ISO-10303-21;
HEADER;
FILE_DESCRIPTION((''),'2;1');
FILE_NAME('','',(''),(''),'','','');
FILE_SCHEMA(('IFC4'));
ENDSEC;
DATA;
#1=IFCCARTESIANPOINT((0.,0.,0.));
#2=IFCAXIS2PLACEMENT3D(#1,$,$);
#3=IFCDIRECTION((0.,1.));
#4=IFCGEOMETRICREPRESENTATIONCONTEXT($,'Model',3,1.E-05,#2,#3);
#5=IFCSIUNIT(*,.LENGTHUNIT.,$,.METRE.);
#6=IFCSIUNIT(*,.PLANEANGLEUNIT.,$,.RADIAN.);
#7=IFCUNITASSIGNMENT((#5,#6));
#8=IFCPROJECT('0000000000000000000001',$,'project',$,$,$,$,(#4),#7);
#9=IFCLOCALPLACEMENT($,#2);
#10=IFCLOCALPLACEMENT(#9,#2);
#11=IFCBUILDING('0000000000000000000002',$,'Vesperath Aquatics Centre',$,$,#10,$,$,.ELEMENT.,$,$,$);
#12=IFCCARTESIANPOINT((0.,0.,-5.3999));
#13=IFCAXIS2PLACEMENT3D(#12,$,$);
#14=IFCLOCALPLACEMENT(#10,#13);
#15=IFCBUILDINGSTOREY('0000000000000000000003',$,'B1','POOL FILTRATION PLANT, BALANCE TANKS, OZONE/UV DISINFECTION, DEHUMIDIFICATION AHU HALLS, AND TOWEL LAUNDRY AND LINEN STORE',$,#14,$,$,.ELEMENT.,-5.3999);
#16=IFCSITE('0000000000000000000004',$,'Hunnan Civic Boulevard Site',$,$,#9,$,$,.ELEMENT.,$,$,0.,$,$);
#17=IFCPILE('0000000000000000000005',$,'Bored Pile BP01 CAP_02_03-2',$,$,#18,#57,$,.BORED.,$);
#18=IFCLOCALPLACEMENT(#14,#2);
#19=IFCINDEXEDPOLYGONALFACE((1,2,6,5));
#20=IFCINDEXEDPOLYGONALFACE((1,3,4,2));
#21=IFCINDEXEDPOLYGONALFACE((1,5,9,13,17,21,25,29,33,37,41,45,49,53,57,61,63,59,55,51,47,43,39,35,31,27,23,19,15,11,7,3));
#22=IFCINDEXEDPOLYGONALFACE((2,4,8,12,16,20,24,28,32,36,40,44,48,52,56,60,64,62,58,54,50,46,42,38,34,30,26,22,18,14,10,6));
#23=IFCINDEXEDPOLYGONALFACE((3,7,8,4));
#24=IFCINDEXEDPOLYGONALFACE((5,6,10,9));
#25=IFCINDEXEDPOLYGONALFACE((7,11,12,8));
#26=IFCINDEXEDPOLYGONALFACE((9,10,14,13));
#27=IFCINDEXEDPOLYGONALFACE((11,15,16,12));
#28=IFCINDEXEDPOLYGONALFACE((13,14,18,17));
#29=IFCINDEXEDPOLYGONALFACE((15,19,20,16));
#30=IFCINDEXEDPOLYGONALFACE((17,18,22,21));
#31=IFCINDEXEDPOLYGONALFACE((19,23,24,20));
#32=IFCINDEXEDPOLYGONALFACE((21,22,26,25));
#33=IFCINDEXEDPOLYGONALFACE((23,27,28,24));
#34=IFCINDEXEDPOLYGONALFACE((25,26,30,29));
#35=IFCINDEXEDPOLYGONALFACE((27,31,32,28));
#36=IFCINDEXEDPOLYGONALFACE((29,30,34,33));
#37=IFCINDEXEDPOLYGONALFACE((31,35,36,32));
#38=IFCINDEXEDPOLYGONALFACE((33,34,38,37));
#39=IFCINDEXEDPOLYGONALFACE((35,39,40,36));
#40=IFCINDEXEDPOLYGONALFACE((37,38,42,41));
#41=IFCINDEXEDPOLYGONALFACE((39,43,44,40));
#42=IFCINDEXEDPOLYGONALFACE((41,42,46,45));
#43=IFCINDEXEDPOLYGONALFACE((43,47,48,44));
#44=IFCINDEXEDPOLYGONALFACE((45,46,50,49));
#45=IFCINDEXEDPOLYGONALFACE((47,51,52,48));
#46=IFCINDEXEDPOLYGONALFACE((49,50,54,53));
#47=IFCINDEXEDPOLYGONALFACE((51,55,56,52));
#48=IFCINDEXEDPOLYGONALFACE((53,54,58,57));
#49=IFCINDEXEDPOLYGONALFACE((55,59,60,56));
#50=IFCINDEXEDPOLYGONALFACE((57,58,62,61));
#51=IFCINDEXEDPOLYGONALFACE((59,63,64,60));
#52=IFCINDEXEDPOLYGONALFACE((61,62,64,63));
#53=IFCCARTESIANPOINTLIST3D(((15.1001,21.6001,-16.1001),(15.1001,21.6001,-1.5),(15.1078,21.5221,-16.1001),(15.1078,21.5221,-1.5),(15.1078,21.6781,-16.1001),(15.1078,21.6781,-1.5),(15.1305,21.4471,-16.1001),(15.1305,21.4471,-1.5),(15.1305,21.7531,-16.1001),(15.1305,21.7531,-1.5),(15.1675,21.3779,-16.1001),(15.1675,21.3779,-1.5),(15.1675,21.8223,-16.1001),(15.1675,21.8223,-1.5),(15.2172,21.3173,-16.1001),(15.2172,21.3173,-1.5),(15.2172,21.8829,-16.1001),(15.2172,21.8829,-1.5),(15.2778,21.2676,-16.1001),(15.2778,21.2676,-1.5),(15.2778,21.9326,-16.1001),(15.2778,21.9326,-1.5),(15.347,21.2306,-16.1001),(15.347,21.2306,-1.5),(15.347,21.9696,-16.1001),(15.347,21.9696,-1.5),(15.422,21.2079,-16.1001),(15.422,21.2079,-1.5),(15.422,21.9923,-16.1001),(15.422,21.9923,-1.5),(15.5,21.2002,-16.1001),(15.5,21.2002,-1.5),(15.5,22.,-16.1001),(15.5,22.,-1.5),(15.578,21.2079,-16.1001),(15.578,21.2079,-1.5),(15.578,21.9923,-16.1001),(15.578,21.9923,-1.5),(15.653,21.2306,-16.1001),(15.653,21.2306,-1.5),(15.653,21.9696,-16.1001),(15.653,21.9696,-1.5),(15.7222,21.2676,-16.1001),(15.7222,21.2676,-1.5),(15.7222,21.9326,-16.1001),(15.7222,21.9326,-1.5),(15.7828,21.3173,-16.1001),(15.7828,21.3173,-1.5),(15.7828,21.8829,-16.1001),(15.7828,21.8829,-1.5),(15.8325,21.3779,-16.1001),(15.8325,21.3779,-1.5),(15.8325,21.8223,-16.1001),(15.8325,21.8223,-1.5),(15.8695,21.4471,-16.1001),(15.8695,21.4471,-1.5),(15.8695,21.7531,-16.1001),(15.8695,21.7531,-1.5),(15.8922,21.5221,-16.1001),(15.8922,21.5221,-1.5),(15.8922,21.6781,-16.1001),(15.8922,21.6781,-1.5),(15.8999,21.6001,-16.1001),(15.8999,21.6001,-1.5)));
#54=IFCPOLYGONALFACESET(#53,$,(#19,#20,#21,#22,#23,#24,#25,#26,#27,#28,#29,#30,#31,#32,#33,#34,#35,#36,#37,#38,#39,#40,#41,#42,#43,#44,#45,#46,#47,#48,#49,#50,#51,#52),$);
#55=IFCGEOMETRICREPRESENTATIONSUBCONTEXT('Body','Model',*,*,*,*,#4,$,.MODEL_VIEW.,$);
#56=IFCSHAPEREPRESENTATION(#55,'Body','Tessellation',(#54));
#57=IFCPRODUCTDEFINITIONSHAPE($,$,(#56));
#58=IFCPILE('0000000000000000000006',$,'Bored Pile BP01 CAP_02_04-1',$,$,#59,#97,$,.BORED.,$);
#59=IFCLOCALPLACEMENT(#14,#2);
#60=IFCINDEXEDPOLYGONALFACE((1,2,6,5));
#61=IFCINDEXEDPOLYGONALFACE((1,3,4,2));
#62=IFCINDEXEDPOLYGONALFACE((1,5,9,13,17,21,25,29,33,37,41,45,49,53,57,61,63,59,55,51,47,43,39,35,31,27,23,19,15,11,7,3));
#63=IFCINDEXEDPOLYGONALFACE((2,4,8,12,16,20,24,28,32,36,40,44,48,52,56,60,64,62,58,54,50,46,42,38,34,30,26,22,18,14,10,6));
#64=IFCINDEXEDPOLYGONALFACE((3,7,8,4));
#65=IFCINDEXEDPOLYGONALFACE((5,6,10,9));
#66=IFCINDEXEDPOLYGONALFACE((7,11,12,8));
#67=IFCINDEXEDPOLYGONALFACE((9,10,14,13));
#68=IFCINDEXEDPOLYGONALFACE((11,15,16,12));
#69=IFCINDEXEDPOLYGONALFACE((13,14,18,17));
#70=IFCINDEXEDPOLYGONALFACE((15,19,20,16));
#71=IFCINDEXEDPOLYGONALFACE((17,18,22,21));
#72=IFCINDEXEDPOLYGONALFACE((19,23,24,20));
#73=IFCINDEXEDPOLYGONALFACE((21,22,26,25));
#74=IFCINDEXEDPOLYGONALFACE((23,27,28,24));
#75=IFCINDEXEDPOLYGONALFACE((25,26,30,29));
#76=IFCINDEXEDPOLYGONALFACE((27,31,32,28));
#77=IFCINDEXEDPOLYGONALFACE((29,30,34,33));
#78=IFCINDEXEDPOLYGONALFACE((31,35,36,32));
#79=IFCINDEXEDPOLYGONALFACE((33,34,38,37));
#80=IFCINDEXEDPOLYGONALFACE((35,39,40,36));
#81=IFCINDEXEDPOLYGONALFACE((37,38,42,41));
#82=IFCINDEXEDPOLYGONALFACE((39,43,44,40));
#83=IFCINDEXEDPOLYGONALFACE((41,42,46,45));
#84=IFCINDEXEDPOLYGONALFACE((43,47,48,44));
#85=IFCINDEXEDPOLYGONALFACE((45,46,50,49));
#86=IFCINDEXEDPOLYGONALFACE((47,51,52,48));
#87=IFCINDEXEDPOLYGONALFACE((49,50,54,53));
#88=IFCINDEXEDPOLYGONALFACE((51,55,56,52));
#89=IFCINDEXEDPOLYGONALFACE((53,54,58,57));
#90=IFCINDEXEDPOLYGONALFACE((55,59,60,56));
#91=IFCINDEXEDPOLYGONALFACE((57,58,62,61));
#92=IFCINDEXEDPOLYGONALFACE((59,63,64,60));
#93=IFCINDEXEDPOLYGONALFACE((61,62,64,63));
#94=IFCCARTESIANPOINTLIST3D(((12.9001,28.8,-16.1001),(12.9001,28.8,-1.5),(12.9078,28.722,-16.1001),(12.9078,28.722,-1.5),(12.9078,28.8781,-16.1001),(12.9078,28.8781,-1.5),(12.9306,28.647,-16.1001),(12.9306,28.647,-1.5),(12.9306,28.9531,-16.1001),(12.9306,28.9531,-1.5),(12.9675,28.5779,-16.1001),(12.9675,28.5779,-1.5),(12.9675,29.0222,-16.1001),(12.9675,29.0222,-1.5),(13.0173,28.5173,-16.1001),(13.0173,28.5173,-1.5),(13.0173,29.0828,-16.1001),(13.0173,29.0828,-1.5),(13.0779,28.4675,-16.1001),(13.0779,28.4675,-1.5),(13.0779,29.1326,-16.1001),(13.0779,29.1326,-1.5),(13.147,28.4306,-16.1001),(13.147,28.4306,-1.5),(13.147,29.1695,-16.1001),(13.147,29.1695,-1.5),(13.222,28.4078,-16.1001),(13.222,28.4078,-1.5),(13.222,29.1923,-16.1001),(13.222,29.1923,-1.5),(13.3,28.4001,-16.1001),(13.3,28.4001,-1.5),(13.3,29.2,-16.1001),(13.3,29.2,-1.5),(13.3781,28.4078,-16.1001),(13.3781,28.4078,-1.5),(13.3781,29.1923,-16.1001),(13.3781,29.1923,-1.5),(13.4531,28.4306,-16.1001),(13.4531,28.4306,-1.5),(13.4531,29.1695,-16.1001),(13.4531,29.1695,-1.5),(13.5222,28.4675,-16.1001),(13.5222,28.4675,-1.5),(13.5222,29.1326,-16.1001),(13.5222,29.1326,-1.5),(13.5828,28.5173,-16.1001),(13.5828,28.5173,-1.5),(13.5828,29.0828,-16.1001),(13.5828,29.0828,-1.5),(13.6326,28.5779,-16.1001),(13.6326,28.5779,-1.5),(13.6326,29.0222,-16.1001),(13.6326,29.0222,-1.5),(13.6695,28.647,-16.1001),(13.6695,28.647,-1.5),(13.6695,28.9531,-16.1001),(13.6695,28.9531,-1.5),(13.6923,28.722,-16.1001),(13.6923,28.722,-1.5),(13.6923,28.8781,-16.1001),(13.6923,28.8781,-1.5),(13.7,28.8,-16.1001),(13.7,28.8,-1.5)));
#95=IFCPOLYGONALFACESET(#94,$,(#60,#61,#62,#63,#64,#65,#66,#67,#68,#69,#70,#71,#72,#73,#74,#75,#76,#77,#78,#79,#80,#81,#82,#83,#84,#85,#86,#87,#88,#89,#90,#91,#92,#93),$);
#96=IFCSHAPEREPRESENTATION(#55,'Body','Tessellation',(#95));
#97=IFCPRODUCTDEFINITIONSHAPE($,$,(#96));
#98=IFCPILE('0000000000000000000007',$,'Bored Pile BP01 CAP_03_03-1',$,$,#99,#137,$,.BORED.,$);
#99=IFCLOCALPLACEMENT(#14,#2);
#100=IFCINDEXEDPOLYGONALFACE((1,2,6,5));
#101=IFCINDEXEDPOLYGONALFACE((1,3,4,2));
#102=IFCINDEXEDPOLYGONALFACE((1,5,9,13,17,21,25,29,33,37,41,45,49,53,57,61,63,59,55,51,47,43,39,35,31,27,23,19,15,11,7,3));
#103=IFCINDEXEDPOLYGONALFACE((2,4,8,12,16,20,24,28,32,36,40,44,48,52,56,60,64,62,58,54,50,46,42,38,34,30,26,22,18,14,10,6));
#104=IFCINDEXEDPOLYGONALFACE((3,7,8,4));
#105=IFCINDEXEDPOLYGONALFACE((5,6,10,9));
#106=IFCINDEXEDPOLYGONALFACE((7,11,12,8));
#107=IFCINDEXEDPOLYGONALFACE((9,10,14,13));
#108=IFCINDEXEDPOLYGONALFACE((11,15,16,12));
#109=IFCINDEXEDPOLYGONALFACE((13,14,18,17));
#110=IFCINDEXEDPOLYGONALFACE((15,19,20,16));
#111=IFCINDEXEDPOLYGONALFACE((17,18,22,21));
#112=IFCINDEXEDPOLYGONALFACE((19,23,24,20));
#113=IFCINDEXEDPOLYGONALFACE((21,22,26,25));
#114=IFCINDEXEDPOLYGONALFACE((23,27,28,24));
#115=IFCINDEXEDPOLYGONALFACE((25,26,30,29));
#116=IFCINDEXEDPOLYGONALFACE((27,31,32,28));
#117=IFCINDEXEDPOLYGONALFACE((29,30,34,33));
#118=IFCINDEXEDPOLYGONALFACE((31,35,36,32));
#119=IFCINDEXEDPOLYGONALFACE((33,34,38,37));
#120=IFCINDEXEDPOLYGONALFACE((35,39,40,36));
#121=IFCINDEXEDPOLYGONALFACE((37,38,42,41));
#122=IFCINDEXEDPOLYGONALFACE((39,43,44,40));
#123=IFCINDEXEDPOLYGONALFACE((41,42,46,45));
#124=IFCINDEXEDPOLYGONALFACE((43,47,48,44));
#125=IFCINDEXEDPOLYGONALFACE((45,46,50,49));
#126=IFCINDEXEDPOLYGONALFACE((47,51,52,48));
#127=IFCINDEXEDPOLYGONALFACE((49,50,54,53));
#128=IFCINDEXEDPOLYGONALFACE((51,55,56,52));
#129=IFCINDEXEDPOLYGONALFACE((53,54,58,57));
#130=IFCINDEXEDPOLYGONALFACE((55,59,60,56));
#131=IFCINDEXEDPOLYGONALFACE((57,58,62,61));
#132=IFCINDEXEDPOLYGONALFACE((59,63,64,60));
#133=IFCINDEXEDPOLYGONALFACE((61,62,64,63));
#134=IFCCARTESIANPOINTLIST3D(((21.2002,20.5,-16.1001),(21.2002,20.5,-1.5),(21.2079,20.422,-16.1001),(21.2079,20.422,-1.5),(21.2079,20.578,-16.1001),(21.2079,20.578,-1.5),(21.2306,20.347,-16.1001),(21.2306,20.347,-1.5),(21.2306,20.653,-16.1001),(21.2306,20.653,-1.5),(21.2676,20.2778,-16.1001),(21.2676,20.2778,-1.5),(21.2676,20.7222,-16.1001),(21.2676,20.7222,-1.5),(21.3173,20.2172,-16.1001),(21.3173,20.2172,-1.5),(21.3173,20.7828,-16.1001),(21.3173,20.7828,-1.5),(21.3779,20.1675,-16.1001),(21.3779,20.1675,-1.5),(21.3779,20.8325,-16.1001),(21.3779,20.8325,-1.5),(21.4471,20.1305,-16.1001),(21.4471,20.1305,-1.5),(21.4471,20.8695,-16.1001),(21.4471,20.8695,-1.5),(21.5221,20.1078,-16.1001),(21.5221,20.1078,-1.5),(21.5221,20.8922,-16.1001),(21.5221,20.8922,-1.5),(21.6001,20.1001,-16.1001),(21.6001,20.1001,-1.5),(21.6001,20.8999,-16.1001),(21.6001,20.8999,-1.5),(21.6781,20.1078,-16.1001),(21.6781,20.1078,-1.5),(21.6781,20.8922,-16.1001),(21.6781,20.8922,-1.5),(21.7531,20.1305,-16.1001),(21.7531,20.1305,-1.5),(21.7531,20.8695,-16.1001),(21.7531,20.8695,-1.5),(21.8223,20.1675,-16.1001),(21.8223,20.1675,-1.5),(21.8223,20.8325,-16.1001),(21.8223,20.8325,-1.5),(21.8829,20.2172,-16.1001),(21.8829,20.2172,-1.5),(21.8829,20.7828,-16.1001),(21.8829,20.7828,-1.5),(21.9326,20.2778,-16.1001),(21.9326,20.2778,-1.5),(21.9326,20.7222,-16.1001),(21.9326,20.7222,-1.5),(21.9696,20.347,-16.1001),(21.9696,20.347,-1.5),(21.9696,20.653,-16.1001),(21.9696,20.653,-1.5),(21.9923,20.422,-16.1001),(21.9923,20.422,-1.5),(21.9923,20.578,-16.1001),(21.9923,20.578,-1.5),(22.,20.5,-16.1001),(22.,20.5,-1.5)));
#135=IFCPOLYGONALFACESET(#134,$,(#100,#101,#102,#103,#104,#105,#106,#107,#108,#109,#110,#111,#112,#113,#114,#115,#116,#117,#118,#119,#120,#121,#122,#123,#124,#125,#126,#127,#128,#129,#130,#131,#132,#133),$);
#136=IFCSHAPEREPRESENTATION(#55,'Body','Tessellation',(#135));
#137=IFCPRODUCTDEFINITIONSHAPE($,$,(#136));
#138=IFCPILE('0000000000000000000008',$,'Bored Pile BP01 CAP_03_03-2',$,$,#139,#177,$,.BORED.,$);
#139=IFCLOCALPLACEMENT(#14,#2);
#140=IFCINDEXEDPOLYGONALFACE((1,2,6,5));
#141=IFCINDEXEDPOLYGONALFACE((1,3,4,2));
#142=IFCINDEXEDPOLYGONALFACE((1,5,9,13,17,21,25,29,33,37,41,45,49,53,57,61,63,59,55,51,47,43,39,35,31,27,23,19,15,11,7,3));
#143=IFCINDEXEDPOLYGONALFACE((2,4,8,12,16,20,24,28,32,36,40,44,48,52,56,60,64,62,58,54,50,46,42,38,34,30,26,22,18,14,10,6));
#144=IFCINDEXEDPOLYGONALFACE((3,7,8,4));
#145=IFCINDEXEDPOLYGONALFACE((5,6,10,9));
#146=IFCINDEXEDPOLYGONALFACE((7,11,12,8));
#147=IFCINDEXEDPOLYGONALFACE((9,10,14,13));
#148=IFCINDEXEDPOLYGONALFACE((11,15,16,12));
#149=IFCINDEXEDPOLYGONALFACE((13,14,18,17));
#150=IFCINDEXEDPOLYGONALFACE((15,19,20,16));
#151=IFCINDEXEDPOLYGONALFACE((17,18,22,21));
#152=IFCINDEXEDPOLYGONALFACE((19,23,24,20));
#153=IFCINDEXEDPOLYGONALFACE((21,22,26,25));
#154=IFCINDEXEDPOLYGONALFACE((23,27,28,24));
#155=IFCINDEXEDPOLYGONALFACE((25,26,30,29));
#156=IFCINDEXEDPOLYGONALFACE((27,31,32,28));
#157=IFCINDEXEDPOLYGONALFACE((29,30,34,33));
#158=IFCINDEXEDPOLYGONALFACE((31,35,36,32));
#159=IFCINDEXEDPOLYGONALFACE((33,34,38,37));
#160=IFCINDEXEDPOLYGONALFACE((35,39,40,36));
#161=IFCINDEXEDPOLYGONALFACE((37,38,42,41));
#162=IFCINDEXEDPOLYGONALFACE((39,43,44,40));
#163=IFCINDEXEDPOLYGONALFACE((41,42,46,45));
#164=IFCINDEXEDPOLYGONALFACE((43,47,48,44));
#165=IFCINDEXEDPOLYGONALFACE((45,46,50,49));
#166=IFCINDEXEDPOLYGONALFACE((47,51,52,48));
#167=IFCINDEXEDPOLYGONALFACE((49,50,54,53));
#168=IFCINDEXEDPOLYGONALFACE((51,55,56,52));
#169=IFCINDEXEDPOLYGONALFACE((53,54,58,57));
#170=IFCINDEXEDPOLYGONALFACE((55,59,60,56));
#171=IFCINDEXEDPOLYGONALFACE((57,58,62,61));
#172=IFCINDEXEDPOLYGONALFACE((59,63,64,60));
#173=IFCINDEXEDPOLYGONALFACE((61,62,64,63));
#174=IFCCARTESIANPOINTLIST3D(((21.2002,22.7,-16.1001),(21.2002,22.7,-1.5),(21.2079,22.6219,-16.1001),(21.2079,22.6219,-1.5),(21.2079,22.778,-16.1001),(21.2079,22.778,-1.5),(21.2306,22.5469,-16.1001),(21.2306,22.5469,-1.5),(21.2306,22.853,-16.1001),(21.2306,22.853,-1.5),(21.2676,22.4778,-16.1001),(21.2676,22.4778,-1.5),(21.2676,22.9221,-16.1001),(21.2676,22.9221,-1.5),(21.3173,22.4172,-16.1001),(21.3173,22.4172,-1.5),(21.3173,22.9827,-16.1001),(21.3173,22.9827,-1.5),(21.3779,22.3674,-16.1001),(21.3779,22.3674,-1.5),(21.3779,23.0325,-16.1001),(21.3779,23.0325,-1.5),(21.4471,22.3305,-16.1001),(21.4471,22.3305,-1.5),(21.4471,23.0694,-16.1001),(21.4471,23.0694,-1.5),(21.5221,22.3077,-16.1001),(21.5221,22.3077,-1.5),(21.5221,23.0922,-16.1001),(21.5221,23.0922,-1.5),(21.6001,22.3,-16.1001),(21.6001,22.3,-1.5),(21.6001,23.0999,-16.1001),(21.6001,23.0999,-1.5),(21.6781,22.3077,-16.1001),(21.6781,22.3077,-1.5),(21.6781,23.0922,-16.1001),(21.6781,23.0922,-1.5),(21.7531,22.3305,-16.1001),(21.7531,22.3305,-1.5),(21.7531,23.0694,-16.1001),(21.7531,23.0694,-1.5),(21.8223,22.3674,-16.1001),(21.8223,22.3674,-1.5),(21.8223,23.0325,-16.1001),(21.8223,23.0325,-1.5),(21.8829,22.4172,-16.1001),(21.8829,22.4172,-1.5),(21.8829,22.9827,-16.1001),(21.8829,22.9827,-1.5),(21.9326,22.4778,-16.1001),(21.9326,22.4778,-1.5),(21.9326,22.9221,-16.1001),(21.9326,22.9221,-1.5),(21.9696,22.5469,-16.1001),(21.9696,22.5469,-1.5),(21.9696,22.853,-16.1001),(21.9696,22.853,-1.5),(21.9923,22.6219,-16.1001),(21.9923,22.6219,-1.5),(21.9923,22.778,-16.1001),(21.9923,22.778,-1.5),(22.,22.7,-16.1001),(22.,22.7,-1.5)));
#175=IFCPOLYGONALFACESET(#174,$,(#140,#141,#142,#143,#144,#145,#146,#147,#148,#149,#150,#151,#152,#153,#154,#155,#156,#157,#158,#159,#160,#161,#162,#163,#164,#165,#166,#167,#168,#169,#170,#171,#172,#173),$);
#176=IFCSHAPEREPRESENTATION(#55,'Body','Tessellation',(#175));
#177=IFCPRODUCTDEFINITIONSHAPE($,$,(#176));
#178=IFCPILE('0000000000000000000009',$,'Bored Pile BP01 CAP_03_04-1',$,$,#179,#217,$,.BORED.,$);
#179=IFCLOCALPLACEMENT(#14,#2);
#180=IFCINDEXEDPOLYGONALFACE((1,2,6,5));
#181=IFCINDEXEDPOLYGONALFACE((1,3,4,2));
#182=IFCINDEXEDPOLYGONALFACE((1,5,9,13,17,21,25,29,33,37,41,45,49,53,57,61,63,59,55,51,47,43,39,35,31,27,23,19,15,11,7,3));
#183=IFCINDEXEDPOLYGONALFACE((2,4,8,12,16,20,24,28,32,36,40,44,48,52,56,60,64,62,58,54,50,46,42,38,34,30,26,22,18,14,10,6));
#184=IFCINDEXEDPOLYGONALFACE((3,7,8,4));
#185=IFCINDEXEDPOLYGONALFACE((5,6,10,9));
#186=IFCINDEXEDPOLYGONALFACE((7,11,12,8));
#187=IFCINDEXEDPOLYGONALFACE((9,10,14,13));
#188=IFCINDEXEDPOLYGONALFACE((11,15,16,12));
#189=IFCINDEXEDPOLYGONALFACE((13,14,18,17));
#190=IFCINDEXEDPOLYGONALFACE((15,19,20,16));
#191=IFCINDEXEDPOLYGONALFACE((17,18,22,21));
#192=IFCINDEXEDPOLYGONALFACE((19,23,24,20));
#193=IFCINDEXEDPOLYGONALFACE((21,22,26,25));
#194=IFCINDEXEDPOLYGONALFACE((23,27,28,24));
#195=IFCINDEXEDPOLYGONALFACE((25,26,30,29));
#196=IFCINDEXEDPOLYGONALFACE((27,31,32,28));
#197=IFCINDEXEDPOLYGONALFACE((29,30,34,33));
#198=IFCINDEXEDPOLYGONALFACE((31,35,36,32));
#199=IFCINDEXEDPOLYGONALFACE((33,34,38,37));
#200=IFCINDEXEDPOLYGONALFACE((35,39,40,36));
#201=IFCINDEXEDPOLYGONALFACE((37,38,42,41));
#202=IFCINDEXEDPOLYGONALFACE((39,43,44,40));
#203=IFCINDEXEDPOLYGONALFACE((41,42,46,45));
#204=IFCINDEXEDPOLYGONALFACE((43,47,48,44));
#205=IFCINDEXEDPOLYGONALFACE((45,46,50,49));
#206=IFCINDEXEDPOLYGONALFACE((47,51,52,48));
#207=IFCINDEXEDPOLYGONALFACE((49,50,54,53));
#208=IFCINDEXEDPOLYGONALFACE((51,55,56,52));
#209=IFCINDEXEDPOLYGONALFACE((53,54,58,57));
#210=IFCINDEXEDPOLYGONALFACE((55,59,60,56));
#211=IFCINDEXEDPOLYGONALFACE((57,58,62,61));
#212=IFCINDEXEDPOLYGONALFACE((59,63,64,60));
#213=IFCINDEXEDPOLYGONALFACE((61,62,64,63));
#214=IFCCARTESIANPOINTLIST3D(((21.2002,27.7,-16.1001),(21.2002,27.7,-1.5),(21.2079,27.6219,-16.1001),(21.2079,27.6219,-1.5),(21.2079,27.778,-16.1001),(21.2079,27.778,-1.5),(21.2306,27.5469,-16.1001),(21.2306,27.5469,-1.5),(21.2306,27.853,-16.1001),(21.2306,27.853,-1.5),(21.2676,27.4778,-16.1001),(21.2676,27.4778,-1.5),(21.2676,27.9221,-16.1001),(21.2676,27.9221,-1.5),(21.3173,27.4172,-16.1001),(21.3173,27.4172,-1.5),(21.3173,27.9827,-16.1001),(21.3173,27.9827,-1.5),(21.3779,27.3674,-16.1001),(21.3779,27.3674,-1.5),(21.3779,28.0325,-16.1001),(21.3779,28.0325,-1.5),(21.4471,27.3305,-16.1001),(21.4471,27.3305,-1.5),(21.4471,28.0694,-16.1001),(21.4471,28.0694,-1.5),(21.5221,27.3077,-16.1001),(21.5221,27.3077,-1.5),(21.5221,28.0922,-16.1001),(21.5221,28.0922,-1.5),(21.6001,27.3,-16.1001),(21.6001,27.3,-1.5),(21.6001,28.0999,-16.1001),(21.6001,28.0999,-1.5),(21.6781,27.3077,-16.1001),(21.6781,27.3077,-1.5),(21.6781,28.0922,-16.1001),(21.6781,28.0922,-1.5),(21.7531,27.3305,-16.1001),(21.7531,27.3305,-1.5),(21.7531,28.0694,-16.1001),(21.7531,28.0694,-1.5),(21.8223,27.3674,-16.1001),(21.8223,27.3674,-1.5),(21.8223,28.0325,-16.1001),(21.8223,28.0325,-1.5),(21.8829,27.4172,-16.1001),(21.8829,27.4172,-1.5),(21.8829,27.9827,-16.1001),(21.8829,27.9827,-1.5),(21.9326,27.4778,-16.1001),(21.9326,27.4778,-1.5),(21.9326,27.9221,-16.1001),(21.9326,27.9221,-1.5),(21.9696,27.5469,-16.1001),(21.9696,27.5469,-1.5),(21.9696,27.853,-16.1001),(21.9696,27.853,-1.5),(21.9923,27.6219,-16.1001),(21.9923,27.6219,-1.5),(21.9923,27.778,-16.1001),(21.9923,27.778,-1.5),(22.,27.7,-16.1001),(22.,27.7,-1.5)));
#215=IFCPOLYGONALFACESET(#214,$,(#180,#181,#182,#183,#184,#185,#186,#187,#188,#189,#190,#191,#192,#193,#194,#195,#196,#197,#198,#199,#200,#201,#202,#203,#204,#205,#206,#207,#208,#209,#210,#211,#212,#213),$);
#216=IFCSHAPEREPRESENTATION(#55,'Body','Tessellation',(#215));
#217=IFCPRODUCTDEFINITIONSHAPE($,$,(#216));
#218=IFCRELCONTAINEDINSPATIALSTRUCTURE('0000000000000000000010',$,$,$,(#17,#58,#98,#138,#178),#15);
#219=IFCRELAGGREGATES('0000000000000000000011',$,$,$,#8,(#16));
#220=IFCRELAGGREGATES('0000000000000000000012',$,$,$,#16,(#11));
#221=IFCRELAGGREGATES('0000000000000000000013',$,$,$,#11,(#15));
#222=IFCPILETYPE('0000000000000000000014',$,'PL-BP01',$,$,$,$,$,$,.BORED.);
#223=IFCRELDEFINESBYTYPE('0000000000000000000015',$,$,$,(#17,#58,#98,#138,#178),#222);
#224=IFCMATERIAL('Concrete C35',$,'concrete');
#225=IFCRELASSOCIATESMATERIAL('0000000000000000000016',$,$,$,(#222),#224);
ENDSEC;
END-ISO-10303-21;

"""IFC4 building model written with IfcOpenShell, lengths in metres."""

from ifc_helpers import new_model, si_unit, direction, frame, origin, origin_2d, place, context, subcontext, project, spatial, circle, extrude, material, material_profile, profile_set, type_object, element, save


model = new_model("IFC4")

# Units and contexts
model_context = context("Model", 3, precision=1e-05, world=origin(), true_north=direction((0.0, 1.0)))
body_context = subcontext(model_context, "Body", "Model", "MODEL_VIEW")
ifc_project = project(units=[si_unit("LENGTHUNIT", "METRE"), si_unit("PLANEANGLEUNIT", "RADIAN")], contexts=[model_context])

# Site, building, storey
site_placement = place(None, origin())
site = spatial("IfcSite", under=ifc_project, at=site_placement, Name="Hunnan Civic Boulevard Site", CompositionType="ELEMENT", RefElevation=0.0)
building_placement = place(site_placement, origin())
building = spatial("IfcBuilding", under=site, at=building_placement, Name="Vesperath Aquatics Centre", CompositionType="ELEMENT")
storey_placement = place(building_placement, frame((0.0, 0.0, -5.3999)))
storey = spatial("IfcBuildingStorey", under=building, at=storey_placement, Name="B1", Description="POOL FILTRATION PLANT, BALANCE TANKS, OZONE/UV DISINFECTION, DEHUMIDIFICATION AHU HALLS, AND TOWEL LAUNDRY AND LINEN STORE", CompositionType="ELEMENT", Elevation=-5.3999)

# Piles
ifc_material_1 = material(Name="Concrete C35", Category="concrete")
ifc_material_profile_1 = material_profile(ifc_material_1, circle(Radius=0.3999, at=origin_2d()), Name="PILE D800")
ifc_profile_set_1 = profile_set([ifc_material_profile_1], Name="Concrete C35")
pile_type = type_object("IfcPileType", Name="PL-BP01", PredefinedType="BORED", material=ifc_profile_set_1)
for number, where, z_axis, x_axis, name in (
    (1, (15.5, 21.6001, -1.5), (0.0, 0.0, -1.0), (1.0, 0.0, 0.0), "Bored Pile BP01 CAP_02_03-2"),
    (2, (13.3, 28.8, -1.5), (0.0, 0.0, -1.0), (1.0, 0.0, 0.0), "Bored Pile BP01 CAP_02_04-1"),
    (3, (21.6001, 20.5, -1.5), (0.0, 0.0, -1.0), (1.0, 0.0, 0.0), "Bored Pile BP01 CAP_03_03-1"),
    (4, (21.6001, 22.7, -1.5), (0.0, 0.0, -1.0), (1.0, 0.0, 0.0), "Bored Pile BP01 CAP_03_03-2"),
    (5, (21.6001, 27.7, -1.5), (0.0, 0.0, -1.0), (1.0, 0.0, 0.0), "Bored Pile BP01 CAP_03_04-1"),
):
    element("IfcPile", number, at=place(storey_placement, frame(where, z_axis=z_axis, x_axis=x_axis)), inside=storey, type_object=pile_type, Name=name, PredefinedType="BORED", context=body_context, shape_type="SweptSolid", body=[
        extrude(circle(Radius=0.3999, at=origin_2d()), origin(), (0.0, 0.0, 1.0), 14.6001),
    ])

save(model, "model.ifc")
